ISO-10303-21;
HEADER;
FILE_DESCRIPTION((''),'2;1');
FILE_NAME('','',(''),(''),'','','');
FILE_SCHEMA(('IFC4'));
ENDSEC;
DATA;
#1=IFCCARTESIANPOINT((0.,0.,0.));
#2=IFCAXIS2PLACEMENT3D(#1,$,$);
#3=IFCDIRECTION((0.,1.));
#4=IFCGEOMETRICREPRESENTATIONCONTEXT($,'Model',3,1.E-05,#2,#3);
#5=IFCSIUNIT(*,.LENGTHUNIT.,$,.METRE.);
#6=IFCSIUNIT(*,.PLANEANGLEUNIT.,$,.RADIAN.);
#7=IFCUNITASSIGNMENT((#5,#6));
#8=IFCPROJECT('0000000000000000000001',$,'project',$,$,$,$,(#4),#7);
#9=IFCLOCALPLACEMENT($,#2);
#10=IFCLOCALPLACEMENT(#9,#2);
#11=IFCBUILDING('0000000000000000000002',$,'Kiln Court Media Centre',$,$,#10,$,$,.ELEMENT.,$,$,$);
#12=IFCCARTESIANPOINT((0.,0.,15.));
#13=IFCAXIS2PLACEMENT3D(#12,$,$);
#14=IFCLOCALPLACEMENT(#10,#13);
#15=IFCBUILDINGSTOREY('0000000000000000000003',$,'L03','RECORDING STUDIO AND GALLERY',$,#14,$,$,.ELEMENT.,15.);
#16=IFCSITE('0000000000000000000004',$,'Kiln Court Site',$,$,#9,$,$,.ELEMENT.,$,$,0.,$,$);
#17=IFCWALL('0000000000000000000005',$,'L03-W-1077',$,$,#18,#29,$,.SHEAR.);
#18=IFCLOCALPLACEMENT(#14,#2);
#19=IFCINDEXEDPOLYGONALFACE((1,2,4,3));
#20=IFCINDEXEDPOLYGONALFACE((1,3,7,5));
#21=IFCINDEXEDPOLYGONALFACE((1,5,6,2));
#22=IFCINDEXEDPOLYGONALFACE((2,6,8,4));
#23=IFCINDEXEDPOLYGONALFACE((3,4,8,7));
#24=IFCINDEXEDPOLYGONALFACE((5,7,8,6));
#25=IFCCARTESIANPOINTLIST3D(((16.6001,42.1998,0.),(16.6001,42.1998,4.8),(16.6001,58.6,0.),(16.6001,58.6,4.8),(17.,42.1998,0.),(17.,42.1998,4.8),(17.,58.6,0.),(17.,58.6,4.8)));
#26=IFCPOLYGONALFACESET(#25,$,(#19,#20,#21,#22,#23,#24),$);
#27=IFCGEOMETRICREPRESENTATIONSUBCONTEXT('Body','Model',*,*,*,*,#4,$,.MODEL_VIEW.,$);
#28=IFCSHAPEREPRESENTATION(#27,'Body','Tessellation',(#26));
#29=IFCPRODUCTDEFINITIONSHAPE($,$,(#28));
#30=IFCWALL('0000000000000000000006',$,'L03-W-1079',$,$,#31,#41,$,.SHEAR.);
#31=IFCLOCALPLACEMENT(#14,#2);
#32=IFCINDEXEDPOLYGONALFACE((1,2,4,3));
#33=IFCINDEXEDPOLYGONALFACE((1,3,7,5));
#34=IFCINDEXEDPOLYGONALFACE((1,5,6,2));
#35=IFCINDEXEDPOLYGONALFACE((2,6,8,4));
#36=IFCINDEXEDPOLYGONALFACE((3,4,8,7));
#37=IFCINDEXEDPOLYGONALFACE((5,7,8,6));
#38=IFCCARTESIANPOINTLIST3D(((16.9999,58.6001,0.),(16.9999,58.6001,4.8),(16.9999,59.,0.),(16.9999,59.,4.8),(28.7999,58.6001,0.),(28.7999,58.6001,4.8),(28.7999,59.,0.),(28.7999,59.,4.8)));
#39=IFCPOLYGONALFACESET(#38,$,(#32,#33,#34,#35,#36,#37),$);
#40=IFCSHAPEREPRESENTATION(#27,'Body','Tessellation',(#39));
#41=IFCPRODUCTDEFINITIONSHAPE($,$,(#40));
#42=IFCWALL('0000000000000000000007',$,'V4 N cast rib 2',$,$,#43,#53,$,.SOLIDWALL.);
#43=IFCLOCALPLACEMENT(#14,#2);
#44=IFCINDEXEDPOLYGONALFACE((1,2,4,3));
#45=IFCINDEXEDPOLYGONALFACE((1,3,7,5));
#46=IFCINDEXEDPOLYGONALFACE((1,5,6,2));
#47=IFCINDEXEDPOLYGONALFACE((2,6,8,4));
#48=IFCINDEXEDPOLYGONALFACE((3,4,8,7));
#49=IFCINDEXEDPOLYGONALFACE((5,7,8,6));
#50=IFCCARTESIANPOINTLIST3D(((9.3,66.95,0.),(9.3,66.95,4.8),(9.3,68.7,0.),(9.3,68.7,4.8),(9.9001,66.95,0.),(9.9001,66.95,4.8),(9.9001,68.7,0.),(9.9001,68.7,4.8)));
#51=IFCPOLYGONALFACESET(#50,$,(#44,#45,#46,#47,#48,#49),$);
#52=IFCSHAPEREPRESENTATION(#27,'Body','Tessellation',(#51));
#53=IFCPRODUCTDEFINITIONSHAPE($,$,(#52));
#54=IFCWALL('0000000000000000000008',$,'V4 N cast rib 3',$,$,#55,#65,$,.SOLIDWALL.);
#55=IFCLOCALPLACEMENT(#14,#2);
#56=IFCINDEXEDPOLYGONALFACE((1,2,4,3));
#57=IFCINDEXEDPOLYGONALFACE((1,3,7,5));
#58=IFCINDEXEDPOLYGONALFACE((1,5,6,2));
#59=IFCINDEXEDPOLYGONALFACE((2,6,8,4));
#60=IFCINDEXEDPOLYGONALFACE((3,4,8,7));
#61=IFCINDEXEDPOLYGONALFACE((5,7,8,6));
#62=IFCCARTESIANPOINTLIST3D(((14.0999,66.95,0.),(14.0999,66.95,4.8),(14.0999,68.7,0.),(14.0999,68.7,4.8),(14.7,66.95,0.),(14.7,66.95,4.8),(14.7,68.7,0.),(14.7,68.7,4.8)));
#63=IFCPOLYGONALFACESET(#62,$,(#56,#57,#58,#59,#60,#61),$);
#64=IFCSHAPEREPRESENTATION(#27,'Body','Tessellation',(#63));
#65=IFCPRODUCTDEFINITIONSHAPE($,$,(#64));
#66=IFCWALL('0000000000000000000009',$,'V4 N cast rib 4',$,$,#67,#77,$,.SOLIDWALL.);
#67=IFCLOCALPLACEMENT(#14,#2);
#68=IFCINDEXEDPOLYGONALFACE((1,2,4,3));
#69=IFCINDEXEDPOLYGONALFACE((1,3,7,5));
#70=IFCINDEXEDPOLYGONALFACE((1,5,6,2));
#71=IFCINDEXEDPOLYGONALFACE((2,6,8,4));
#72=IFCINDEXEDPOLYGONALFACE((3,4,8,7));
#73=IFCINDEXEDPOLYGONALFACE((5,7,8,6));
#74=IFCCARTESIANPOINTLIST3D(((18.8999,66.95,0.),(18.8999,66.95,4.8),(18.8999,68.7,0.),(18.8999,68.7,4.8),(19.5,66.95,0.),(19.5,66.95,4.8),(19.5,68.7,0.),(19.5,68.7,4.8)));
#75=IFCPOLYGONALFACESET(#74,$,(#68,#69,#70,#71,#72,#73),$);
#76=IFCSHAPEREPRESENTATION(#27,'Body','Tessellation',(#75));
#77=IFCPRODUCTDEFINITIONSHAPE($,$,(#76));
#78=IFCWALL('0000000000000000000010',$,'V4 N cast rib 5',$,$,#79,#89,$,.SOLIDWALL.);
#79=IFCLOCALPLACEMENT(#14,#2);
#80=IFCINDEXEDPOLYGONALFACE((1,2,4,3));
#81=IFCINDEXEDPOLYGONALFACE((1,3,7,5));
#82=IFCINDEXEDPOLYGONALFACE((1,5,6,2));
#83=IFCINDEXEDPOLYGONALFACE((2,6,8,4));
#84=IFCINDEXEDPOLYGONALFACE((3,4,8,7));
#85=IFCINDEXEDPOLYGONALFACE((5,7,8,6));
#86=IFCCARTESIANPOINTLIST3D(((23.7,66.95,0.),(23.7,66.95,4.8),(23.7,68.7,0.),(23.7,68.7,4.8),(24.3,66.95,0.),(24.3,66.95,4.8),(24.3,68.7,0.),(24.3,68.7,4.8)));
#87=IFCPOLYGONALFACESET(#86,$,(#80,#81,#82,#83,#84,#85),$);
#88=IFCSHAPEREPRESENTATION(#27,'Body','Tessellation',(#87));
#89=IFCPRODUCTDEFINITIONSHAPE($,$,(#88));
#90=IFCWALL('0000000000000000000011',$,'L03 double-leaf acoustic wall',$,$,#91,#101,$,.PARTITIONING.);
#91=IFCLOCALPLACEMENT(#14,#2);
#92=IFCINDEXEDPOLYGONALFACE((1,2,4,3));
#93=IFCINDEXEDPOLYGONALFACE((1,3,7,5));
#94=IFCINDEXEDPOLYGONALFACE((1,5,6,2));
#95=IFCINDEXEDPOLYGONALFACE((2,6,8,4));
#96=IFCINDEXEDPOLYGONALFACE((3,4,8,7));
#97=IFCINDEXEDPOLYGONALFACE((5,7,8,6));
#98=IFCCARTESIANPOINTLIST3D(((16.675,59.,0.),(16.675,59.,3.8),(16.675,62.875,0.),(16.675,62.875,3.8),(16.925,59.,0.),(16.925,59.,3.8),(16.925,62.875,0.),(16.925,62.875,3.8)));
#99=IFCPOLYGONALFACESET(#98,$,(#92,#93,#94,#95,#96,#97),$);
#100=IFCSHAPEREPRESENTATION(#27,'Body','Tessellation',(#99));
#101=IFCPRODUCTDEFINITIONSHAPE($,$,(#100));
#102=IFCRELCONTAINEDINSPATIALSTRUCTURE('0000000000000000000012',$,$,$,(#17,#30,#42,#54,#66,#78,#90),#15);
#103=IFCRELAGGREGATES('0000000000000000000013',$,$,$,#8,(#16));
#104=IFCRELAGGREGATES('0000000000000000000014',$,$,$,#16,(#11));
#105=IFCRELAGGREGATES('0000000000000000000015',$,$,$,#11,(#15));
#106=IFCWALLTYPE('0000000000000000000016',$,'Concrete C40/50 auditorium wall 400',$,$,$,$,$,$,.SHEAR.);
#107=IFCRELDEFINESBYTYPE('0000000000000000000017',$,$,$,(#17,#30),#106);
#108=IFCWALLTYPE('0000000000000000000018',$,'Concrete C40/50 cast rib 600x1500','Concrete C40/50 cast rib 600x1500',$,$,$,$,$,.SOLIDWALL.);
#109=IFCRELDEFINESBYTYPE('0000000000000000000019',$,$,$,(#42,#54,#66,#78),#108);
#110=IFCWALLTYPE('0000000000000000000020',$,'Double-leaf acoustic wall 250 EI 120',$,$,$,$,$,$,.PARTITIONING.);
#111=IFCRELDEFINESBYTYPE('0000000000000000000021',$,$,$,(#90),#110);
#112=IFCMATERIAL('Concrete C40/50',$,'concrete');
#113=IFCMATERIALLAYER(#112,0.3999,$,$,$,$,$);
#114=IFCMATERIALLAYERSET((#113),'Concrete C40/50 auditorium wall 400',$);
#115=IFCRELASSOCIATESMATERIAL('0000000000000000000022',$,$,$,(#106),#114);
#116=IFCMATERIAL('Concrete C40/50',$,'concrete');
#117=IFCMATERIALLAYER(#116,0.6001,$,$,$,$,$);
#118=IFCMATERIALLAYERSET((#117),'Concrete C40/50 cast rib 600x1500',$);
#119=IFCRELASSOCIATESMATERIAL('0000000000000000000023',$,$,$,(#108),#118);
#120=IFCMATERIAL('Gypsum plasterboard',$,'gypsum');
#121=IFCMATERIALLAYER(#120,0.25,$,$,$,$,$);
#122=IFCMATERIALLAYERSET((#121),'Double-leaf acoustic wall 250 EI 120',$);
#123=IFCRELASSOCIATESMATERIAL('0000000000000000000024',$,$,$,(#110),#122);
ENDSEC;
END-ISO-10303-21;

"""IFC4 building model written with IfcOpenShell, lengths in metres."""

from ifc_helpers import new_model, si_unit, direction, frame, frame_2d, origin, place, context, subcontext, project, spatial, rectangle, extrude, material, layer, layer_set, type_object, element, save


model = new_model("IFC4")

# Units and contexts
model_context = context("Model", 3, precision=1e-05, world=origin(), true_north=direction((0.0, 1.0)))
body_context = subcontext(model_context, "Body", "Model", "MODEL_VIEW")
ifc_project = project(units=[si_unit("LENGTHUNIT", "METRE"), si_unit("PLANEANGLEUNIT", "RADIAN")], contexts=[model_context])

# Site, building, storey
site_placement = place(None, origin())
site = spatial("IfcSite", under=ifc_project, at=site_placement, Name="Kiln Court Site", CompositionType="ELEMENT", RefElevation=0.0)
building_placement = place(site_placement, origin())
building = spatial("IfcBuilding", under=site, at=building_placement, Name="Kiln Court Media Centre", CompositionType="ELEMENT")
storey_placement = place(building_placement, frame((0.0, 0.0, 15.0)))
storey = spatial("IfcBuildingStorey", under=building, at=storey_placement, Name="L03", Description="RECORDING STUDIO AND GALLERY", CompositionType="ELEMENT", Elevation=15.0)

# Walls
ifc_material_1 = material(Name="Concrete C40/50", Category="concrete")
ifc_layer_1 = layer(ifc_material_1, 0.3999)
ifc_layer_set_1 = layer_set([ifc_layer_1], Name="Concrete C40/50 auditorium wall 400")
wall_type_1 = type_object("IfcWallType", Name="Concrete C40/50 auditorium wall 400", PredefinedType="SHEAR", material=ifc_layer_set_1)
wall_1_placement = place(storey_placement, frame((16.8, 58.6001, 0.0), z_axis=(0.0, 0.0, 1.0), x_axis=(0.0, -1.0, 0.0)))
element("IfcWall", 1, at=wall_1_placement, inside=storey, type_object=wall_type_1, Name="L03-W-1077", PredefinedType="SHEAR", context=body_context, shape_type="SweptSolid", body=[
    extrude(rectangle(XDim=16.4001, YDim=0.3999, at=frame_2d((8.2002, 0.0))), origin(), (0.0, 0.0, 1.0), 4.8),
])
wall_2_placement = place(storey_placement, frame((17.0, 58.8, 0.0), z_axis=(0.0, 0.0, 1.0), x_axis=(1.0, 0.0, 0.0)))
element("IfcWall", 2, at=wall_2_placement, inside=storey, type_object=wall_type_1, Name="L03-W-1079", PredefinedType="SHEAR", context=body_context, shape_type="SweptSolid", body=[
    extrude(rectangle(XDim=11.8, YDim=0.3999, at=frame_2d((5.8999, 0.0))), origin(), (0.0, 0.0, 1.0), 4.8),
])
ifc_material_2 = material(Name="Concrete C40/50", Category="concrete")
ifc_layer_2 = layer(ifc_material_2, 0.6001)
ifc_layer_set_2 = layer_set([ifc_layer_2], Name="Concrete C40/50 cast rib 600x1500")
wall_type_2 = type_object("IfcWallType", Name="Concrete C40/50 cast rib 600x1500", Description="Concrete C40/50 cast rib 600x1500", PredefinedType="SOLIDWALL", material=ifc_layer_set_2)
for number, where, z_axis, x_axis, name in (
    (3, (9.6001, 66.95, 0.0), (0.0, 0.0, 1.0), (0.0, 1.0, 0.0), "V4 N cast rib 2"),
    (4, (14.3999, 66.95, 0.0), (0.0, 0.0, 1.0), (0.0, 1.0, 0.0), "V4 N cast rib 3"),
    (5, (19.2, 66.95, 0.0), (0.0, 0.0, 1.0), (0.0, 1.0, 0.0), "V4 N cast rib 4"),
    (6, (24.0, 66.95, 0.0), (0.0, 0.0, 1.0), (0.0, 1.0, 0.0), "V4 N cast rib 5"),
):
    element("IfcWall", number, at=place(storey_placement, frame(where, z_axis=z_axis, x_axis=x_axis)), inside=storey, type_object=wall_type_2, Name=name, PredefinedType="SOLIDWALL", context=body_context, shape_type="SweptSolid", body=[
        extrude(rectangle(XDim=1.75, YDim=0.6001, at=frame_2d((0.875, 0.0))), origin(), (0.0, 0.0, 1.0), 4.8),
    ])
ifc_material_3 = material(Name="Gypsum plasterboard", Category="gypsum")
ifc_layer_3 = layer(ifc_material_3, 0.25)
ifc_layer_set_3 = layer_set([ifc_layer_3], Name="Double-leaf acoustic wall 250 EI 120")
wall_type_3 = type_object("IfcWallType", Name="Double-leaf acoustic wall 250 EI 120", PredefinedType="PARTITIONING", material=ifc_layer_set_3)
wall_3_placement = place(storey_placement, frame((16.8, 59.0, 0.0), z_axis=(0.0, 0.0, 1.0), x_axis=(0.0, 1.0, 0.0)))
element("IfcWall", 7, at=wall_3_placement, inside=storey, type_object=wall_type_3, Name="L03 double-leaf acoustic wall", PredefinedType="PARTITIONING", context=body_context, shape_type="SweptSolid", body=[
    extrude(rectangle(XDim=3.875, YDim=0.25, at=frame_2d((1.9375, 0.0))), origin(), (0.0, 0.0, 1.0), 3.8),
])

save(model, "model.ifc")
